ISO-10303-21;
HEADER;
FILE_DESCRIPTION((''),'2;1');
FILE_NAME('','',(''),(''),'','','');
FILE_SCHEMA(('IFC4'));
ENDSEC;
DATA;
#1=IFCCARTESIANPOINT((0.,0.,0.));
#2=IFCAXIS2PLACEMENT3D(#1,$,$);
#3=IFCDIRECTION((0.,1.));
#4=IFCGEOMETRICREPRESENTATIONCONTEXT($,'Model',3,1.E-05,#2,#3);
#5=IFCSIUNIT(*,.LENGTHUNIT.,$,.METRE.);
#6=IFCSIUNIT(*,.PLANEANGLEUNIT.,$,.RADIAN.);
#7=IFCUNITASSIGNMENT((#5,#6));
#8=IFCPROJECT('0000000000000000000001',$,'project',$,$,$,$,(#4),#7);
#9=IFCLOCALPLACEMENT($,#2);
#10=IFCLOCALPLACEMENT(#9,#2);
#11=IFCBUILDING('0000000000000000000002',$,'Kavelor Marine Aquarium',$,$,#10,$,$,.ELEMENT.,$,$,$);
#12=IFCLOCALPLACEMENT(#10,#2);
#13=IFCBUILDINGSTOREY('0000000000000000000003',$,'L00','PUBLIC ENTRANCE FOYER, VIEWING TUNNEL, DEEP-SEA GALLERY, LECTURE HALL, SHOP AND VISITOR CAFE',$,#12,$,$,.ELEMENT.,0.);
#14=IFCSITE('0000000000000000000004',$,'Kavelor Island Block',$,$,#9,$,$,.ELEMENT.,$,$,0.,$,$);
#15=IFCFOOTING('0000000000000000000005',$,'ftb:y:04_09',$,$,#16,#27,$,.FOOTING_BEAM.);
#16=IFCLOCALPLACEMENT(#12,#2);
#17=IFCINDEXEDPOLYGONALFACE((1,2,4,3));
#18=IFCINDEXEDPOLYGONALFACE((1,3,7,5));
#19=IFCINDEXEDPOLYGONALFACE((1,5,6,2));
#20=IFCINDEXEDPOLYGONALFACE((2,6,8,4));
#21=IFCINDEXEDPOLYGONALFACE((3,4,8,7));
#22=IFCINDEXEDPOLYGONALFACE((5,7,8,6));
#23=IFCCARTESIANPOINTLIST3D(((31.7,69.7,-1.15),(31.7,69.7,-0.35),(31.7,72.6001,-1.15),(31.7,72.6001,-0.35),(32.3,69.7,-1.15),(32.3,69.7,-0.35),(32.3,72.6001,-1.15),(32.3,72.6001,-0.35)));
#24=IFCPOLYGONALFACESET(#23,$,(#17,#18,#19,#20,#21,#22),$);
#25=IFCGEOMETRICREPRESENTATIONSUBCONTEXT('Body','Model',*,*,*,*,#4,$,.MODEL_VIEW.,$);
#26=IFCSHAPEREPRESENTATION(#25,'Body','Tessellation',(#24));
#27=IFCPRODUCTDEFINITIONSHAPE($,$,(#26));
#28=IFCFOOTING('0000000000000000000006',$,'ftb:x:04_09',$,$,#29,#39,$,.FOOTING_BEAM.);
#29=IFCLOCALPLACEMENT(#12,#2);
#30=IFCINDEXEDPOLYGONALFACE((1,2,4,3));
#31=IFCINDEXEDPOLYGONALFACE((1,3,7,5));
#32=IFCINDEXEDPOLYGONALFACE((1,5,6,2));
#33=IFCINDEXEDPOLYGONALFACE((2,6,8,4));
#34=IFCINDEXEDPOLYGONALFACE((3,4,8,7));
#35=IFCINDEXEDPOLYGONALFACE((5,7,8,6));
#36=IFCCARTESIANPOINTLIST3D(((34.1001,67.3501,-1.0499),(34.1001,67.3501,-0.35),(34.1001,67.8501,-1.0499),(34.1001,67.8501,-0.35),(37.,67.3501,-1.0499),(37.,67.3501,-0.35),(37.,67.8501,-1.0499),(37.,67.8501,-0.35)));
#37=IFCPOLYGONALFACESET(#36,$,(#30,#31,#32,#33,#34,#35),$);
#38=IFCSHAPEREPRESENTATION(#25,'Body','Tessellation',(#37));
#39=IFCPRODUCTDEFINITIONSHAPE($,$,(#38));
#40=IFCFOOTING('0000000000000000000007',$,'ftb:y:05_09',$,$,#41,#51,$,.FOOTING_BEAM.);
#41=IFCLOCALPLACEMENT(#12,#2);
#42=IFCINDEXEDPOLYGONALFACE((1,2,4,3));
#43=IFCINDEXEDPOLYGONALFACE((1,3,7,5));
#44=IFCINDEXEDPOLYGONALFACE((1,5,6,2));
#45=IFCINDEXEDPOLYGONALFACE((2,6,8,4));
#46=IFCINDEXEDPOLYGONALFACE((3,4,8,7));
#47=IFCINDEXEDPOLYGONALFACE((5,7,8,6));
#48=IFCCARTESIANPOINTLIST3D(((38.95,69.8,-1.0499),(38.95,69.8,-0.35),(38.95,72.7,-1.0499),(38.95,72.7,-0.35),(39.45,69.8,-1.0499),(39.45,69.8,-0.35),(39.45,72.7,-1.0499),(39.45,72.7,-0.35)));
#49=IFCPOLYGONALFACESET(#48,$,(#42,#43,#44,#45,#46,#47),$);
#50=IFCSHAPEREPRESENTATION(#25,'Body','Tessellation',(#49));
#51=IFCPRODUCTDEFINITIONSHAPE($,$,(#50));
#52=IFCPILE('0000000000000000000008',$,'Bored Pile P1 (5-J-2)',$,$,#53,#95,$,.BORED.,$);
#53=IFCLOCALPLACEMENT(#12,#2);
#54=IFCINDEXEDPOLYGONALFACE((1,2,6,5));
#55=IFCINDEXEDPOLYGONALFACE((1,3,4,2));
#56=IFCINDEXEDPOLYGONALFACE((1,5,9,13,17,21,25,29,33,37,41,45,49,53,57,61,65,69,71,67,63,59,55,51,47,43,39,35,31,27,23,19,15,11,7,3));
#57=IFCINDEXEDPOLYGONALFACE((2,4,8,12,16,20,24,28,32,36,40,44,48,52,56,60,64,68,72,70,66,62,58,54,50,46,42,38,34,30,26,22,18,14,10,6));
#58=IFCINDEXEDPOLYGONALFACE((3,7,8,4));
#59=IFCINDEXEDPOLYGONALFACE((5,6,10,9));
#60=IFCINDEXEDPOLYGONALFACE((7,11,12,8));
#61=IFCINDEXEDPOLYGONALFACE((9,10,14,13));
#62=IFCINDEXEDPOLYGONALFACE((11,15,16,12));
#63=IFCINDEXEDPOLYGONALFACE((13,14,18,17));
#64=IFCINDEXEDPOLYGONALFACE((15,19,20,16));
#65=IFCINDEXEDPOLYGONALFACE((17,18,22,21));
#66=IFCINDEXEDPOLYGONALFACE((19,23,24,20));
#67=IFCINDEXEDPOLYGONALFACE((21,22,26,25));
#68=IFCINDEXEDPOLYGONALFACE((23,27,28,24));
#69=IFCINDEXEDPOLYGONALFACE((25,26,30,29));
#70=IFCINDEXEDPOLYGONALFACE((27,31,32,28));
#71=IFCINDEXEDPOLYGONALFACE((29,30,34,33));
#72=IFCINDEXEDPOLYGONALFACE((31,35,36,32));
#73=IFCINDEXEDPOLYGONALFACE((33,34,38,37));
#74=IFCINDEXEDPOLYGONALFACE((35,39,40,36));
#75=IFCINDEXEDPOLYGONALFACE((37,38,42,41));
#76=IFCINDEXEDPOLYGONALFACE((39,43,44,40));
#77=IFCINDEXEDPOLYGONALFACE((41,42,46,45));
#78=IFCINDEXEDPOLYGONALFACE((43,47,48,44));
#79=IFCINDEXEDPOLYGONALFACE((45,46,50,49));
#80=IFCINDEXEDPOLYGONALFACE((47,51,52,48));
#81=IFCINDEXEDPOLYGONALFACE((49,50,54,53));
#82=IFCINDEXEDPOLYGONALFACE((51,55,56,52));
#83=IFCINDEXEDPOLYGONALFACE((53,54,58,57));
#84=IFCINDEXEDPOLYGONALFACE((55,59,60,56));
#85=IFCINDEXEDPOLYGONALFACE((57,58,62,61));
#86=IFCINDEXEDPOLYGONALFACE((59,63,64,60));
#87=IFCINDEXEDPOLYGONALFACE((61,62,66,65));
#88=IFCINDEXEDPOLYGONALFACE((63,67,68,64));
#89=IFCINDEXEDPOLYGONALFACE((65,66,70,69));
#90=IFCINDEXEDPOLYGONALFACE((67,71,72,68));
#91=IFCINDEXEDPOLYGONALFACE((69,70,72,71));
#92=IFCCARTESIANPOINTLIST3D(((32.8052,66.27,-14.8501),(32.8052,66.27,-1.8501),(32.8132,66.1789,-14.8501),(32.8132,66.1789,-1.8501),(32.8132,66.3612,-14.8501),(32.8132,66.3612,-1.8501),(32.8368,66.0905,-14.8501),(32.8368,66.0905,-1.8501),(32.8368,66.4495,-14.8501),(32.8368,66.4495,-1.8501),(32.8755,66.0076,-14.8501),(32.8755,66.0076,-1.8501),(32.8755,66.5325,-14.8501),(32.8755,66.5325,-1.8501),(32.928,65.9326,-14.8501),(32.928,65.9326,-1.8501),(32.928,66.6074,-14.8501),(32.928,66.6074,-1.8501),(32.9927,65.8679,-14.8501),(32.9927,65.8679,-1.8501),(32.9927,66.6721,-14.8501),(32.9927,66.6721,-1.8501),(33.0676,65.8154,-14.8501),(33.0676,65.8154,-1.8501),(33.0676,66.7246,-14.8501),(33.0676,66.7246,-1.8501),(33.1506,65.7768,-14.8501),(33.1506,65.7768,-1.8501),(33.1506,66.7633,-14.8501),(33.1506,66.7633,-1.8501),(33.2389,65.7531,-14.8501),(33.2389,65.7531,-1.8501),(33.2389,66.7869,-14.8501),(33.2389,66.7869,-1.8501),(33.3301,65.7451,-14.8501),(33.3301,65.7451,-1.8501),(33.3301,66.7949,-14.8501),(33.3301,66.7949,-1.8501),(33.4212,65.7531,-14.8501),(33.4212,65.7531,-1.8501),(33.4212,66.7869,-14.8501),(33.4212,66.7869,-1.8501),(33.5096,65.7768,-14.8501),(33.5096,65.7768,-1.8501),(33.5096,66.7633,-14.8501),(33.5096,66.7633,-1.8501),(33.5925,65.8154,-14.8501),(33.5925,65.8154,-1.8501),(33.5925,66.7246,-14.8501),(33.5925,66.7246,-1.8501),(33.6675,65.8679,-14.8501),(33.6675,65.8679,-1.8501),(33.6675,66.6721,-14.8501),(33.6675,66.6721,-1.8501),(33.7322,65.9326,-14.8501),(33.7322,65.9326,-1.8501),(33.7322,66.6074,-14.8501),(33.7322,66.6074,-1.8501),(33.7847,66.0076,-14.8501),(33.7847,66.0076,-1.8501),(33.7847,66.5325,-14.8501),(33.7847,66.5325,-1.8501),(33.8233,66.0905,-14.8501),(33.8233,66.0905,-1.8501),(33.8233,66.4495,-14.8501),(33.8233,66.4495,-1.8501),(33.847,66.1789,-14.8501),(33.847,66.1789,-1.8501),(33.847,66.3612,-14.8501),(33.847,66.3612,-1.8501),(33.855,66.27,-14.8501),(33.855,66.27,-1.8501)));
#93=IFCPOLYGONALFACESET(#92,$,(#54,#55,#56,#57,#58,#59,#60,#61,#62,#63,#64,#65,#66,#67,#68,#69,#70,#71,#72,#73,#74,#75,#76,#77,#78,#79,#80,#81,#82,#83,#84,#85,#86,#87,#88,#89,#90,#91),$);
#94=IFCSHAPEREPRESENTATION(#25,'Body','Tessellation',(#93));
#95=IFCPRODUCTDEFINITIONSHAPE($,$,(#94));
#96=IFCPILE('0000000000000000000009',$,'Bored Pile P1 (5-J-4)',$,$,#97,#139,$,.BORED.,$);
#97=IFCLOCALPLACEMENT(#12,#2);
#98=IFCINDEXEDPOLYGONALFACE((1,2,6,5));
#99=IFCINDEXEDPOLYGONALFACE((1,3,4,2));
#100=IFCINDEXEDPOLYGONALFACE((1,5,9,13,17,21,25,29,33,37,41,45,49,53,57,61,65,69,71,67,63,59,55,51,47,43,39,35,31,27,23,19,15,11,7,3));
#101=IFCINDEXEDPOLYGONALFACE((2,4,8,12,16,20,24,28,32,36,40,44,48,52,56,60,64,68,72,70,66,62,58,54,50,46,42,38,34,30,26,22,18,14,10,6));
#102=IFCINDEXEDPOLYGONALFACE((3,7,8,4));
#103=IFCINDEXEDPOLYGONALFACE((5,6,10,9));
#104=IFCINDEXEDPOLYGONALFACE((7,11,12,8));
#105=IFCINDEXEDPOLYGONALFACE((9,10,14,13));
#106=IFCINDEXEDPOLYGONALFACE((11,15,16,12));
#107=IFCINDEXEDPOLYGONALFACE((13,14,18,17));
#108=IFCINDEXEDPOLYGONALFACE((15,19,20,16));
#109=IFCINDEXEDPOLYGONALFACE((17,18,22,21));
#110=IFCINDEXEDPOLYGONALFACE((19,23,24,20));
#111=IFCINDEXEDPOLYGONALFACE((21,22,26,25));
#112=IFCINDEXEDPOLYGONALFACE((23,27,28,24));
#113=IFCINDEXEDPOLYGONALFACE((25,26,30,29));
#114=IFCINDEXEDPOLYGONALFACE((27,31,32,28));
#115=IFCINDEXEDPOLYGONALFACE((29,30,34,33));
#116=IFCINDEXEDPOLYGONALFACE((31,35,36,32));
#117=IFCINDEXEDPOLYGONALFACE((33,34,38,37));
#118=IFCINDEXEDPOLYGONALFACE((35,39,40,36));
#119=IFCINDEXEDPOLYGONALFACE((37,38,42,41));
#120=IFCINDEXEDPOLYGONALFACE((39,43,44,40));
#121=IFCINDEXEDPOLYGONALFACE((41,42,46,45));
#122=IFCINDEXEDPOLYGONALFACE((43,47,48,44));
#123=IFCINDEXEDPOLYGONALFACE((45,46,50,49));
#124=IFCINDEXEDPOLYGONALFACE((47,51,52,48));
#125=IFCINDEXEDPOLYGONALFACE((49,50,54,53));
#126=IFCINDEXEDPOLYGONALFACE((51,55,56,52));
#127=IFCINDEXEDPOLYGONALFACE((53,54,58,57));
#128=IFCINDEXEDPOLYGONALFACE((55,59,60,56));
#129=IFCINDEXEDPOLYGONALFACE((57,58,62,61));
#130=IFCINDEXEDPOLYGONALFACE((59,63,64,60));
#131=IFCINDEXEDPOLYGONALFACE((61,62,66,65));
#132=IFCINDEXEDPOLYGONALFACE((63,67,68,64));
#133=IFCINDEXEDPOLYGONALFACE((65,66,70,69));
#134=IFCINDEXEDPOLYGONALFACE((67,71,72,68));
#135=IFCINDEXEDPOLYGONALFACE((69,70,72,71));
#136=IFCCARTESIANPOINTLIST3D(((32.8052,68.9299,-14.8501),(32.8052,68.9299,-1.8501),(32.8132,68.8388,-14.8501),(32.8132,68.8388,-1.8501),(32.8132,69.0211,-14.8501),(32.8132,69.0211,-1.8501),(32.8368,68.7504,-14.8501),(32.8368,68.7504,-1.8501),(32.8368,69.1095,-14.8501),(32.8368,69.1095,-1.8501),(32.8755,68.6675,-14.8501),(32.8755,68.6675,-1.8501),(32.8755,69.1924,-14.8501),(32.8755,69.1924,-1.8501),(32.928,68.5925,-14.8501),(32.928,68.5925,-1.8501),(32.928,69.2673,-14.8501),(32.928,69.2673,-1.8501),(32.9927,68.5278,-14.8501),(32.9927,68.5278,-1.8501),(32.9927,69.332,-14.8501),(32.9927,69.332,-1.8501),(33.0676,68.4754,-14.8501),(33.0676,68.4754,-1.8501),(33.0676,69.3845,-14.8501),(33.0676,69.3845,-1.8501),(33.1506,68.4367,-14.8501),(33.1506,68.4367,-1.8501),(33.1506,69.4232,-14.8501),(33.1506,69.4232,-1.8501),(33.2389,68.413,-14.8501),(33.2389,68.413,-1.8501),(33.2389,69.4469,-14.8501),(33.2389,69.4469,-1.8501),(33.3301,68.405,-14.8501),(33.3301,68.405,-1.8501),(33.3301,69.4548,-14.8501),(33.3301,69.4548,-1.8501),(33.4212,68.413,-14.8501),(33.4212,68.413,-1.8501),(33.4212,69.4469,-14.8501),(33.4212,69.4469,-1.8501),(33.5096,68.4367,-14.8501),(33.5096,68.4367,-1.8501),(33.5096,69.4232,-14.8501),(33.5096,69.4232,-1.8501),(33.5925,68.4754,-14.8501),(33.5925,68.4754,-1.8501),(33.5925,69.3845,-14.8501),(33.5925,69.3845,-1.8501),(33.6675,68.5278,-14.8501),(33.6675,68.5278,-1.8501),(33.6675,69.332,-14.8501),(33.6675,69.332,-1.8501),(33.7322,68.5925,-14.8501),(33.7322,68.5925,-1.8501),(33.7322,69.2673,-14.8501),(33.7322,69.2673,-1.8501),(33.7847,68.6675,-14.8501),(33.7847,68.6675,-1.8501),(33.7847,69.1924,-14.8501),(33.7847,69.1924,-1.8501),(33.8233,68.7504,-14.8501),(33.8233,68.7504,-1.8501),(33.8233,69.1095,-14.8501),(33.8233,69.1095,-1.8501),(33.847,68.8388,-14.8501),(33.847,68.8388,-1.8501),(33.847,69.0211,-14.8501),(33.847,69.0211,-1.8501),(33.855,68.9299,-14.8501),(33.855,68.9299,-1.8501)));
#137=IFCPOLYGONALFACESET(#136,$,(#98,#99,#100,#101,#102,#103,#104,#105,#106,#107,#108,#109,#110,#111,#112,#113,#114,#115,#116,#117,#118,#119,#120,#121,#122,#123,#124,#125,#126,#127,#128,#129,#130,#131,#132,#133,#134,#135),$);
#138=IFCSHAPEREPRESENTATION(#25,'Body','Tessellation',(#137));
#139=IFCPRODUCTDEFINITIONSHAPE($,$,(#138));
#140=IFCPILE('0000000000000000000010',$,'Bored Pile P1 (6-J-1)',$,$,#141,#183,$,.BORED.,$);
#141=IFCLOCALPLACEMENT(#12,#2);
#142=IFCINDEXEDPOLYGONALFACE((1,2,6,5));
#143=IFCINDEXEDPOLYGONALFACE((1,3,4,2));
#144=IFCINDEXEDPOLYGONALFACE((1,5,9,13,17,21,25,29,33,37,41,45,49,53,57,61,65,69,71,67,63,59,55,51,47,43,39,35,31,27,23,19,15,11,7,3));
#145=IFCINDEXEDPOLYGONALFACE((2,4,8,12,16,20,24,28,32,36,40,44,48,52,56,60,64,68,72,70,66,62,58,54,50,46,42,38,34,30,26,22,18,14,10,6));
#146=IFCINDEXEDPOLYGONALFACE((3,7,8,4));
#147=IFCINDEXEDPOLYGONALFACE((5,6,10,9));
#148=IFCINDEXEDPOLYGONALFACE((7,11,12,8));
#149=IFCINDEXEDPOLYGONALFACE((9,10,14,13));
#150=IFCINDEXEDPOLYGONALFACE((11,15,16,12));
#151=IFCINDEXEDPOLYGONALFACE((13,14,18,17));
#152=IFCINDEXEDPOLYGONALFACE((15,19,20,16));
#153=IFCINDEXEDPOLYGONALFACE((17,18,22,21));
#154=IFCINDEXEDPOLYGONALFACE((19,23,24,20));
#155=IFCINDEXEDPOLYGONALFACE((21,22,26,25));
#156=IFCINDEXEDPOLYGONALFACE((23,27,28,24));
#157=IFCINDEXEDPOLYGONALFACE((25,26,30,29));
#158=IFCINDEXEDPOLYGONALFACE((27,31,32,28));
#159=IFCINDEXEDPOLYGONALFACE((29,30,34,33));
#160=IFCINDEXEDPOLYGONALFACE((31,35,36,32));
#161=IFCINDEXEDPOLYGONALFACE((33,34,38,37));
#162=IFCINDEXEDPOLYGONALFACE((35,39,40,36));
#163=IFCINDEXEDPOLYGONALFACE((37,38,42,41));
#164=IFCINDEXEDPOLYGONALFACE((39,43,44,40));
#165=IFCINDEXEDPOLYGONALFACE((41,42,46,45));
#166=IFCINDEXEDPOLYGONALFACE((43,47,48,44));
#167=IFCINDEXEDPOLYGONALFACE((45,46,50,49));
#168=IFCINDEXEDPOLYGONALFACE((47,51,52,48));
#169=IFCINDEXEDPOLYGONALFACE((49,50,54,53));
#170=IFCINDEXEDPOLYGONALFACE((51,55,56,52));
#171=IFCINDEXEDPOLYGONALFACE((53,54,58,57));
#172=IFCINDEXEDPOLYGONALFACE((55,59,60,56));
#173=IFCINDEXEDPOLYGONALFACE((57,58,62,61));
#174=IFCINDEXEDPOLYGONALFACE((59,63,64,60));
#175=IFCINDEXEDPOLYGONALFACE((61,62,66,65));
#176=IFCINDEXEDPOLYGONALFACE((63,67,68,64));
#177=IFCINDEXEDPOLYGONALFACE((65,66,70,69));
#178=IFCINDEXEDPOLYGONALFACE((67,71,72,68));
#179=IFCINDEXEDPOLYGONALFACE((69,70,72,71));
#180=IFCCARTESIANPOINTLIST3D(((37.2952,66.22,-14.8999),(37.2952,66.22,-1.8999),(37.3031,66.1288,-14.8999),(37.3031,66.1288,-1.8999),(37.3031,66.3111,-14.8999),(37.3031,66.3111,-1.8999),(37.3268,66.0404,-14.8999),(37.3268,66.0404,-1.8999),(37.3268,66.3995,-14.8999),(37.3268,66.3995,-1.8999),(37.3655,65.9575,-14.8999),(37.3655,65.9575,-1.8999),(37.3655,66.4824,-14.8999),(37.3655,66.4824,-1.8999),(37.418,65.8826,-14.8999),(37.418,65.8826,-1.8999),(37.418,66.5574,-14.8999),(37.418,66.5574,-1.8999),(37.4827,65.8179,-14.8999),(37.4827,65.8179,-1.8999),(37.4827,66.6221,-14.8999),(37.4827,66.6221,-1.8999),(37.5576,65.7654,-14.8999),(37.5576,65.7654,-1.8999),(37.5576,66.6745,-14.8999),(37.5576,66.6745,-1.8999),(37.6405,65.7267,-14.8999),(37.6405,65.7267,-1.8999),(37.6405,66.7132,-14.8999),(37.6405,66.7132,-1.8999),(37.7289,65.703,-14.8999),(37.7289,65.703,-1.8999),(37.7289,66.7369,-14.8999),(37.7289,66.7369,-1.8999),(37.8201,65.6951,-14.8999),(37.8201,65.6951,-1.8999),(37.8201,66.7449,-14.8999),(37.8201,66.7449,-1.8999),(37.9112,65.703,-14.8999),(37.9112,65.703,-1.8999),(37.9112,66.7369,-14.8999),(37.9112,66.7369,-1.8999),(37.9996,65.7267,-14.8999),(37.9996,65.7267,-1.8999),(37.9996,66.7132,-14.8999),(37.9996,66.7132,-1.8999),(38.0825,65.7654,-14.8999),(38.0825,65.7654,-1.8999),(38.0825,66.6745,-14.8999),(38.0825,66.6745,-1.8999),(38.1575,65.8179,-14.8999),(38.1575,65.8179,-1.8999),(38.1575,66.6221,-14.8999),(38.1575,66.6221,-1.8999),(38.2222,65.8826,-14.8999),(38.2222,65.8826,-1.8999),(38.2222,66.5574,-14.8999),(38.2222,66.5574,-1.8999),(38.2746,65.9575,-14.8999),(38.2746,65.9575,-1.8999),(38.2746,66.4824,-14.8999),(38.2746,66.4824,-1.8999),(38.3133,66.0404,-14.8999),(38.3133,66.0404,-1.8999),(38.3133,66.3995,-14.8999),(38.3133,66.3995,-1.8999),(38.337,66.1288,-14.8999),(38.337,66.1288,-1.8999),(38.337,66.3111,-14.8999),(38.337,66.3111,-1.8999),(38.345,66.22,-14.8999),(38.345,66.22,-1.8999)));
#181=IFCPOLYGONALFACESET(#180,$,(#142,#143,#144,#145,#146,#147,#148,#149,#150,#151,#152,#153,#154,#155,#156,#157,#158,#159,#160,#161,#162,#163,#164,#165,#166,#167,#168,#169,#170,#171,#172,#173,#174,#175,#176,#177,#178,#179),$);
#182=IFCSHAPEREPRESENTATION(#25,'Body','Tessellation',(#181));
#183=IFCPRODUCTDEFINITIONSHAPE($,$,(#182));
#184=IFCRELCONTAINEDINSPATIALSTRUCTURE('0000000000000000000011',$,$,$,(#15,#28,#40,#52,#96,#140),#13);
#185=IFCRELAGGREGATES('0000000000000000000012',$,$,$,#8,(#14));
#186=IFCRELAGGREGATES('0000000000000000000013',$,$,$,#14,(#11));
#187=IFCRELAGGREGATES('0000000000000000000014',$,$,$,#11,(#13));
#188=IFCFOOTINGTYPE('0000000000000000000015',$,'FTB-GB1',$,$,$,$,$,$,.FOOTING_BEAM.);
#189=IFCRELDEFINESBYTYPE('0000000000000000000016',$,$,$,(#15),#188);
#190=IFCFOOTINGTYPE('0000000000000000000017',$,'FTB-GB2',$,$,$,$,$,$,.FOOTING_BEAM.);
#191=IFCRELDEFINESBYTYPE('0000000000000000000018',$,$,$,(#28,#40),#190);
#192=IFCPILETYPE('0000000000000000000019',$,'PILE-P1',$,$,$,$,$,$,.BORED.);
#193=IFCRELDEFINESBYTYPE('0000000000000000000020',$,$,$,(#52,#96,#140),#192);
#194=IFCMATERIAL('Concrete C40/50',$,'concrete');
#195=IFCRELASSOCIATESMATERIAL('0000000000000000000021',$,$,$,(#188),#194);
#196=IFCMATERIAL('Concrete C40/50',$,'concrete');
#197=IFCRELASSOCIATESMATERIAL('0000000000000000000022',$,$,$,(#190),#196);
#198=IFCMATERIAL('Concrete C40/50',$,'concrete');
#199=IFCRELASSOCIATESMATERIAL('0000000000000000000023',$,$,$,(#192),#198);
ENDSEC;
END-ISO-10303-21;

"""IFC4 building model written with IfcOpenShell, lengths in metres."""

from ifc_helpers import new_model, si_unit, direction, frame, origin, origin_2d, place, context, subcontext, project, spatial, rectangle, circle, extrude, material, material_profile, profile_set, type_object, element, save


model = new_model("IFC4")

# Units and contexts
model_context = context("Model", 3, precision=1e-05, world=origin(), true_north=direction((0.0, 1.0)))
body_context = subcontext(model_context, "Body", "Model", "MODEL_VIEW")
ifc_project = project(units=[si_unit("LENGTHUNIT", "METRE"), si_unit("PLANEANGLEUNIT", "RADIAN")], contexts=[model_context])

# Site, building, storey
site_placement = place(None, origin())
site = spatial("IfcSite", under=ifc_project, at=site_placement, Name="Kavelor Island Block", CompositionType="ELEMENT", RefElevation=0.0)
building_placement = place(site_placement, origin())
building = spatial("IfcBuilding", under=site, at=building_placement, Name="Kavelor Marine Aquarium", CompositionType="ELEMENT")
storey_placement = place(building_placement, origin())
storey = spatial("IfcBuildingStorey", under=building, at=storey_placement, Name="L00", Description="PUBLIC ENTRANCE FOYER, VIEWING TUNNEL, DEEP-SEA GALLERY, LECTURE HALL, SHOP AND VISITOR CAFE", CompositionType="ELEMENT", Elevation=0.0)

# Footings
ifc_material_1 = material(Name="Concrete C40/50", Category="concrete")
ifc_material_profile_1 = material_profile(ifc_material_1, rectangle(XDim=0.6001, YDim=0.8, at=origin_2d()), Name="GB 600x800")
ifc_profile_set_1 = profile_set([ifc_material_profile_1], Name="Concrete C40/50")
footing_type_1 = type_object("IfcFootingType", Name="FTB-GB1", PredefinedType="FOOTING_BEAM", material=ifc_profile_set_1)
footing_placement = place(storey_placement, frame((32.0, 69.7, -0.75), z_axis=(0.0, 1.0, 0.0), x_axis=(-1.0, 0.0, 0.0)))
element("IfcFooting", 1, at=footing_placement, inside=storey, type_object=footing_type_1, Name="ftb:y:04_09", PredefinedType="FOOTING_BEAM", context=body_context, shape_type="SweptSolid", body=[
    extrude(rectangle(XDim=0.6001, YDim=0.8, at=origin_2d()), origin(), (0.0, 0.0, 1.0), 2.9001),
])
ifc_material_2 = material(Name="Concrete C40/50", Category="concrete")
ifc_material_profile_2 = material_profile(ifc_material_2, rectangle(XDim=0.5, YDim=0.7, at=origin_2d()), Name="GB 500x700")
ifc_profile_set_2 = profile_set([ifc_material_profile_2], Name="Concrete C40/50")
footing_type_2 = type_object("IfcFootingType", Name="FTB-GB2", PredefinedType="FOOTING_BEAM", material=ifc_profile_set_2)
for number, where, z_axis, x_axis, name in (
    (2, (34.1001, 67.6001, -0.7), (1.0, 0.0, 0.0), (0.0, 1.0, 0.0), "ftb:x:04_09"),
    (3, (39.2, 69.8, -0.7), (0.0, 1.0, 0.0), (-1.0, 0.0, 0.0), "ftb:y:05_09"),
):
    element("IfcFooting", number, at=place(storey_placement, frame(where, z_axis=z_axis, x_axis=x_axis)), inside=storey, type_object=footing_type_2, Name=name, PredefinedType="FOOTING_BEAM", context=body_context, shape_type="SweptSolid", body=[
        extrude(rectangle(XDim=0.5, YDim=0.7, at=origin_2d()), origin(), (0.0, 0.0, 1.0), 2.8999),
    ])

# Piles
ifc_material_3 = material(Name="Concrete C40/50", Category="concrete")
ifc_material_profile_3 = material_profile(ifc_material_3, circle(Radius=0.5249, at=origin_2d()), Name="PILE D1050")
ifc_profile_set_3 = profile_set([ifc_material_profile_3], Name="Concrete C40/50")
pile_type = type_object("IfcPileType", Name="PILE-P1", PredefinedType="BORED", material=ifc_profile_set_3)
for number, where, z_axis, x_axis, name in (
    (4, (33.3301, 66.27, -1.8501), (0.0, 0.0, -1.0), (1.0, 0.0, 0.0), "Bored Pile P1 (5-J-2)"),
    (5, (33.3301, 68.9299, -1.8501), (0.0, 0.0, -1.0), (1.0, 0.0, 0.0), "Bored Pile P1 (5-J-4)"),
    (6, (37.8201, 66.22, -1.8999), (0.0, 0.0, -1.0), (1.0, 0.0, 0.0), "Bored Pile P1 (6-J-1)"),
):
    element("IfcPile", number, at=place(storey_placement, frame(where, z_axis=z_axis, x_axis=x_axis)), inside=storey, type_object=pile_type, Name=name, PredefinedType="BORED", context=body_context, shape_type="SweptSolid", body=[
        extrude(circle(Radius=0.5249, at=origin_2d()), origin(), (0.0, 0.0, 1.0), 13.0),
    ])

save(model, "model.ifc")
